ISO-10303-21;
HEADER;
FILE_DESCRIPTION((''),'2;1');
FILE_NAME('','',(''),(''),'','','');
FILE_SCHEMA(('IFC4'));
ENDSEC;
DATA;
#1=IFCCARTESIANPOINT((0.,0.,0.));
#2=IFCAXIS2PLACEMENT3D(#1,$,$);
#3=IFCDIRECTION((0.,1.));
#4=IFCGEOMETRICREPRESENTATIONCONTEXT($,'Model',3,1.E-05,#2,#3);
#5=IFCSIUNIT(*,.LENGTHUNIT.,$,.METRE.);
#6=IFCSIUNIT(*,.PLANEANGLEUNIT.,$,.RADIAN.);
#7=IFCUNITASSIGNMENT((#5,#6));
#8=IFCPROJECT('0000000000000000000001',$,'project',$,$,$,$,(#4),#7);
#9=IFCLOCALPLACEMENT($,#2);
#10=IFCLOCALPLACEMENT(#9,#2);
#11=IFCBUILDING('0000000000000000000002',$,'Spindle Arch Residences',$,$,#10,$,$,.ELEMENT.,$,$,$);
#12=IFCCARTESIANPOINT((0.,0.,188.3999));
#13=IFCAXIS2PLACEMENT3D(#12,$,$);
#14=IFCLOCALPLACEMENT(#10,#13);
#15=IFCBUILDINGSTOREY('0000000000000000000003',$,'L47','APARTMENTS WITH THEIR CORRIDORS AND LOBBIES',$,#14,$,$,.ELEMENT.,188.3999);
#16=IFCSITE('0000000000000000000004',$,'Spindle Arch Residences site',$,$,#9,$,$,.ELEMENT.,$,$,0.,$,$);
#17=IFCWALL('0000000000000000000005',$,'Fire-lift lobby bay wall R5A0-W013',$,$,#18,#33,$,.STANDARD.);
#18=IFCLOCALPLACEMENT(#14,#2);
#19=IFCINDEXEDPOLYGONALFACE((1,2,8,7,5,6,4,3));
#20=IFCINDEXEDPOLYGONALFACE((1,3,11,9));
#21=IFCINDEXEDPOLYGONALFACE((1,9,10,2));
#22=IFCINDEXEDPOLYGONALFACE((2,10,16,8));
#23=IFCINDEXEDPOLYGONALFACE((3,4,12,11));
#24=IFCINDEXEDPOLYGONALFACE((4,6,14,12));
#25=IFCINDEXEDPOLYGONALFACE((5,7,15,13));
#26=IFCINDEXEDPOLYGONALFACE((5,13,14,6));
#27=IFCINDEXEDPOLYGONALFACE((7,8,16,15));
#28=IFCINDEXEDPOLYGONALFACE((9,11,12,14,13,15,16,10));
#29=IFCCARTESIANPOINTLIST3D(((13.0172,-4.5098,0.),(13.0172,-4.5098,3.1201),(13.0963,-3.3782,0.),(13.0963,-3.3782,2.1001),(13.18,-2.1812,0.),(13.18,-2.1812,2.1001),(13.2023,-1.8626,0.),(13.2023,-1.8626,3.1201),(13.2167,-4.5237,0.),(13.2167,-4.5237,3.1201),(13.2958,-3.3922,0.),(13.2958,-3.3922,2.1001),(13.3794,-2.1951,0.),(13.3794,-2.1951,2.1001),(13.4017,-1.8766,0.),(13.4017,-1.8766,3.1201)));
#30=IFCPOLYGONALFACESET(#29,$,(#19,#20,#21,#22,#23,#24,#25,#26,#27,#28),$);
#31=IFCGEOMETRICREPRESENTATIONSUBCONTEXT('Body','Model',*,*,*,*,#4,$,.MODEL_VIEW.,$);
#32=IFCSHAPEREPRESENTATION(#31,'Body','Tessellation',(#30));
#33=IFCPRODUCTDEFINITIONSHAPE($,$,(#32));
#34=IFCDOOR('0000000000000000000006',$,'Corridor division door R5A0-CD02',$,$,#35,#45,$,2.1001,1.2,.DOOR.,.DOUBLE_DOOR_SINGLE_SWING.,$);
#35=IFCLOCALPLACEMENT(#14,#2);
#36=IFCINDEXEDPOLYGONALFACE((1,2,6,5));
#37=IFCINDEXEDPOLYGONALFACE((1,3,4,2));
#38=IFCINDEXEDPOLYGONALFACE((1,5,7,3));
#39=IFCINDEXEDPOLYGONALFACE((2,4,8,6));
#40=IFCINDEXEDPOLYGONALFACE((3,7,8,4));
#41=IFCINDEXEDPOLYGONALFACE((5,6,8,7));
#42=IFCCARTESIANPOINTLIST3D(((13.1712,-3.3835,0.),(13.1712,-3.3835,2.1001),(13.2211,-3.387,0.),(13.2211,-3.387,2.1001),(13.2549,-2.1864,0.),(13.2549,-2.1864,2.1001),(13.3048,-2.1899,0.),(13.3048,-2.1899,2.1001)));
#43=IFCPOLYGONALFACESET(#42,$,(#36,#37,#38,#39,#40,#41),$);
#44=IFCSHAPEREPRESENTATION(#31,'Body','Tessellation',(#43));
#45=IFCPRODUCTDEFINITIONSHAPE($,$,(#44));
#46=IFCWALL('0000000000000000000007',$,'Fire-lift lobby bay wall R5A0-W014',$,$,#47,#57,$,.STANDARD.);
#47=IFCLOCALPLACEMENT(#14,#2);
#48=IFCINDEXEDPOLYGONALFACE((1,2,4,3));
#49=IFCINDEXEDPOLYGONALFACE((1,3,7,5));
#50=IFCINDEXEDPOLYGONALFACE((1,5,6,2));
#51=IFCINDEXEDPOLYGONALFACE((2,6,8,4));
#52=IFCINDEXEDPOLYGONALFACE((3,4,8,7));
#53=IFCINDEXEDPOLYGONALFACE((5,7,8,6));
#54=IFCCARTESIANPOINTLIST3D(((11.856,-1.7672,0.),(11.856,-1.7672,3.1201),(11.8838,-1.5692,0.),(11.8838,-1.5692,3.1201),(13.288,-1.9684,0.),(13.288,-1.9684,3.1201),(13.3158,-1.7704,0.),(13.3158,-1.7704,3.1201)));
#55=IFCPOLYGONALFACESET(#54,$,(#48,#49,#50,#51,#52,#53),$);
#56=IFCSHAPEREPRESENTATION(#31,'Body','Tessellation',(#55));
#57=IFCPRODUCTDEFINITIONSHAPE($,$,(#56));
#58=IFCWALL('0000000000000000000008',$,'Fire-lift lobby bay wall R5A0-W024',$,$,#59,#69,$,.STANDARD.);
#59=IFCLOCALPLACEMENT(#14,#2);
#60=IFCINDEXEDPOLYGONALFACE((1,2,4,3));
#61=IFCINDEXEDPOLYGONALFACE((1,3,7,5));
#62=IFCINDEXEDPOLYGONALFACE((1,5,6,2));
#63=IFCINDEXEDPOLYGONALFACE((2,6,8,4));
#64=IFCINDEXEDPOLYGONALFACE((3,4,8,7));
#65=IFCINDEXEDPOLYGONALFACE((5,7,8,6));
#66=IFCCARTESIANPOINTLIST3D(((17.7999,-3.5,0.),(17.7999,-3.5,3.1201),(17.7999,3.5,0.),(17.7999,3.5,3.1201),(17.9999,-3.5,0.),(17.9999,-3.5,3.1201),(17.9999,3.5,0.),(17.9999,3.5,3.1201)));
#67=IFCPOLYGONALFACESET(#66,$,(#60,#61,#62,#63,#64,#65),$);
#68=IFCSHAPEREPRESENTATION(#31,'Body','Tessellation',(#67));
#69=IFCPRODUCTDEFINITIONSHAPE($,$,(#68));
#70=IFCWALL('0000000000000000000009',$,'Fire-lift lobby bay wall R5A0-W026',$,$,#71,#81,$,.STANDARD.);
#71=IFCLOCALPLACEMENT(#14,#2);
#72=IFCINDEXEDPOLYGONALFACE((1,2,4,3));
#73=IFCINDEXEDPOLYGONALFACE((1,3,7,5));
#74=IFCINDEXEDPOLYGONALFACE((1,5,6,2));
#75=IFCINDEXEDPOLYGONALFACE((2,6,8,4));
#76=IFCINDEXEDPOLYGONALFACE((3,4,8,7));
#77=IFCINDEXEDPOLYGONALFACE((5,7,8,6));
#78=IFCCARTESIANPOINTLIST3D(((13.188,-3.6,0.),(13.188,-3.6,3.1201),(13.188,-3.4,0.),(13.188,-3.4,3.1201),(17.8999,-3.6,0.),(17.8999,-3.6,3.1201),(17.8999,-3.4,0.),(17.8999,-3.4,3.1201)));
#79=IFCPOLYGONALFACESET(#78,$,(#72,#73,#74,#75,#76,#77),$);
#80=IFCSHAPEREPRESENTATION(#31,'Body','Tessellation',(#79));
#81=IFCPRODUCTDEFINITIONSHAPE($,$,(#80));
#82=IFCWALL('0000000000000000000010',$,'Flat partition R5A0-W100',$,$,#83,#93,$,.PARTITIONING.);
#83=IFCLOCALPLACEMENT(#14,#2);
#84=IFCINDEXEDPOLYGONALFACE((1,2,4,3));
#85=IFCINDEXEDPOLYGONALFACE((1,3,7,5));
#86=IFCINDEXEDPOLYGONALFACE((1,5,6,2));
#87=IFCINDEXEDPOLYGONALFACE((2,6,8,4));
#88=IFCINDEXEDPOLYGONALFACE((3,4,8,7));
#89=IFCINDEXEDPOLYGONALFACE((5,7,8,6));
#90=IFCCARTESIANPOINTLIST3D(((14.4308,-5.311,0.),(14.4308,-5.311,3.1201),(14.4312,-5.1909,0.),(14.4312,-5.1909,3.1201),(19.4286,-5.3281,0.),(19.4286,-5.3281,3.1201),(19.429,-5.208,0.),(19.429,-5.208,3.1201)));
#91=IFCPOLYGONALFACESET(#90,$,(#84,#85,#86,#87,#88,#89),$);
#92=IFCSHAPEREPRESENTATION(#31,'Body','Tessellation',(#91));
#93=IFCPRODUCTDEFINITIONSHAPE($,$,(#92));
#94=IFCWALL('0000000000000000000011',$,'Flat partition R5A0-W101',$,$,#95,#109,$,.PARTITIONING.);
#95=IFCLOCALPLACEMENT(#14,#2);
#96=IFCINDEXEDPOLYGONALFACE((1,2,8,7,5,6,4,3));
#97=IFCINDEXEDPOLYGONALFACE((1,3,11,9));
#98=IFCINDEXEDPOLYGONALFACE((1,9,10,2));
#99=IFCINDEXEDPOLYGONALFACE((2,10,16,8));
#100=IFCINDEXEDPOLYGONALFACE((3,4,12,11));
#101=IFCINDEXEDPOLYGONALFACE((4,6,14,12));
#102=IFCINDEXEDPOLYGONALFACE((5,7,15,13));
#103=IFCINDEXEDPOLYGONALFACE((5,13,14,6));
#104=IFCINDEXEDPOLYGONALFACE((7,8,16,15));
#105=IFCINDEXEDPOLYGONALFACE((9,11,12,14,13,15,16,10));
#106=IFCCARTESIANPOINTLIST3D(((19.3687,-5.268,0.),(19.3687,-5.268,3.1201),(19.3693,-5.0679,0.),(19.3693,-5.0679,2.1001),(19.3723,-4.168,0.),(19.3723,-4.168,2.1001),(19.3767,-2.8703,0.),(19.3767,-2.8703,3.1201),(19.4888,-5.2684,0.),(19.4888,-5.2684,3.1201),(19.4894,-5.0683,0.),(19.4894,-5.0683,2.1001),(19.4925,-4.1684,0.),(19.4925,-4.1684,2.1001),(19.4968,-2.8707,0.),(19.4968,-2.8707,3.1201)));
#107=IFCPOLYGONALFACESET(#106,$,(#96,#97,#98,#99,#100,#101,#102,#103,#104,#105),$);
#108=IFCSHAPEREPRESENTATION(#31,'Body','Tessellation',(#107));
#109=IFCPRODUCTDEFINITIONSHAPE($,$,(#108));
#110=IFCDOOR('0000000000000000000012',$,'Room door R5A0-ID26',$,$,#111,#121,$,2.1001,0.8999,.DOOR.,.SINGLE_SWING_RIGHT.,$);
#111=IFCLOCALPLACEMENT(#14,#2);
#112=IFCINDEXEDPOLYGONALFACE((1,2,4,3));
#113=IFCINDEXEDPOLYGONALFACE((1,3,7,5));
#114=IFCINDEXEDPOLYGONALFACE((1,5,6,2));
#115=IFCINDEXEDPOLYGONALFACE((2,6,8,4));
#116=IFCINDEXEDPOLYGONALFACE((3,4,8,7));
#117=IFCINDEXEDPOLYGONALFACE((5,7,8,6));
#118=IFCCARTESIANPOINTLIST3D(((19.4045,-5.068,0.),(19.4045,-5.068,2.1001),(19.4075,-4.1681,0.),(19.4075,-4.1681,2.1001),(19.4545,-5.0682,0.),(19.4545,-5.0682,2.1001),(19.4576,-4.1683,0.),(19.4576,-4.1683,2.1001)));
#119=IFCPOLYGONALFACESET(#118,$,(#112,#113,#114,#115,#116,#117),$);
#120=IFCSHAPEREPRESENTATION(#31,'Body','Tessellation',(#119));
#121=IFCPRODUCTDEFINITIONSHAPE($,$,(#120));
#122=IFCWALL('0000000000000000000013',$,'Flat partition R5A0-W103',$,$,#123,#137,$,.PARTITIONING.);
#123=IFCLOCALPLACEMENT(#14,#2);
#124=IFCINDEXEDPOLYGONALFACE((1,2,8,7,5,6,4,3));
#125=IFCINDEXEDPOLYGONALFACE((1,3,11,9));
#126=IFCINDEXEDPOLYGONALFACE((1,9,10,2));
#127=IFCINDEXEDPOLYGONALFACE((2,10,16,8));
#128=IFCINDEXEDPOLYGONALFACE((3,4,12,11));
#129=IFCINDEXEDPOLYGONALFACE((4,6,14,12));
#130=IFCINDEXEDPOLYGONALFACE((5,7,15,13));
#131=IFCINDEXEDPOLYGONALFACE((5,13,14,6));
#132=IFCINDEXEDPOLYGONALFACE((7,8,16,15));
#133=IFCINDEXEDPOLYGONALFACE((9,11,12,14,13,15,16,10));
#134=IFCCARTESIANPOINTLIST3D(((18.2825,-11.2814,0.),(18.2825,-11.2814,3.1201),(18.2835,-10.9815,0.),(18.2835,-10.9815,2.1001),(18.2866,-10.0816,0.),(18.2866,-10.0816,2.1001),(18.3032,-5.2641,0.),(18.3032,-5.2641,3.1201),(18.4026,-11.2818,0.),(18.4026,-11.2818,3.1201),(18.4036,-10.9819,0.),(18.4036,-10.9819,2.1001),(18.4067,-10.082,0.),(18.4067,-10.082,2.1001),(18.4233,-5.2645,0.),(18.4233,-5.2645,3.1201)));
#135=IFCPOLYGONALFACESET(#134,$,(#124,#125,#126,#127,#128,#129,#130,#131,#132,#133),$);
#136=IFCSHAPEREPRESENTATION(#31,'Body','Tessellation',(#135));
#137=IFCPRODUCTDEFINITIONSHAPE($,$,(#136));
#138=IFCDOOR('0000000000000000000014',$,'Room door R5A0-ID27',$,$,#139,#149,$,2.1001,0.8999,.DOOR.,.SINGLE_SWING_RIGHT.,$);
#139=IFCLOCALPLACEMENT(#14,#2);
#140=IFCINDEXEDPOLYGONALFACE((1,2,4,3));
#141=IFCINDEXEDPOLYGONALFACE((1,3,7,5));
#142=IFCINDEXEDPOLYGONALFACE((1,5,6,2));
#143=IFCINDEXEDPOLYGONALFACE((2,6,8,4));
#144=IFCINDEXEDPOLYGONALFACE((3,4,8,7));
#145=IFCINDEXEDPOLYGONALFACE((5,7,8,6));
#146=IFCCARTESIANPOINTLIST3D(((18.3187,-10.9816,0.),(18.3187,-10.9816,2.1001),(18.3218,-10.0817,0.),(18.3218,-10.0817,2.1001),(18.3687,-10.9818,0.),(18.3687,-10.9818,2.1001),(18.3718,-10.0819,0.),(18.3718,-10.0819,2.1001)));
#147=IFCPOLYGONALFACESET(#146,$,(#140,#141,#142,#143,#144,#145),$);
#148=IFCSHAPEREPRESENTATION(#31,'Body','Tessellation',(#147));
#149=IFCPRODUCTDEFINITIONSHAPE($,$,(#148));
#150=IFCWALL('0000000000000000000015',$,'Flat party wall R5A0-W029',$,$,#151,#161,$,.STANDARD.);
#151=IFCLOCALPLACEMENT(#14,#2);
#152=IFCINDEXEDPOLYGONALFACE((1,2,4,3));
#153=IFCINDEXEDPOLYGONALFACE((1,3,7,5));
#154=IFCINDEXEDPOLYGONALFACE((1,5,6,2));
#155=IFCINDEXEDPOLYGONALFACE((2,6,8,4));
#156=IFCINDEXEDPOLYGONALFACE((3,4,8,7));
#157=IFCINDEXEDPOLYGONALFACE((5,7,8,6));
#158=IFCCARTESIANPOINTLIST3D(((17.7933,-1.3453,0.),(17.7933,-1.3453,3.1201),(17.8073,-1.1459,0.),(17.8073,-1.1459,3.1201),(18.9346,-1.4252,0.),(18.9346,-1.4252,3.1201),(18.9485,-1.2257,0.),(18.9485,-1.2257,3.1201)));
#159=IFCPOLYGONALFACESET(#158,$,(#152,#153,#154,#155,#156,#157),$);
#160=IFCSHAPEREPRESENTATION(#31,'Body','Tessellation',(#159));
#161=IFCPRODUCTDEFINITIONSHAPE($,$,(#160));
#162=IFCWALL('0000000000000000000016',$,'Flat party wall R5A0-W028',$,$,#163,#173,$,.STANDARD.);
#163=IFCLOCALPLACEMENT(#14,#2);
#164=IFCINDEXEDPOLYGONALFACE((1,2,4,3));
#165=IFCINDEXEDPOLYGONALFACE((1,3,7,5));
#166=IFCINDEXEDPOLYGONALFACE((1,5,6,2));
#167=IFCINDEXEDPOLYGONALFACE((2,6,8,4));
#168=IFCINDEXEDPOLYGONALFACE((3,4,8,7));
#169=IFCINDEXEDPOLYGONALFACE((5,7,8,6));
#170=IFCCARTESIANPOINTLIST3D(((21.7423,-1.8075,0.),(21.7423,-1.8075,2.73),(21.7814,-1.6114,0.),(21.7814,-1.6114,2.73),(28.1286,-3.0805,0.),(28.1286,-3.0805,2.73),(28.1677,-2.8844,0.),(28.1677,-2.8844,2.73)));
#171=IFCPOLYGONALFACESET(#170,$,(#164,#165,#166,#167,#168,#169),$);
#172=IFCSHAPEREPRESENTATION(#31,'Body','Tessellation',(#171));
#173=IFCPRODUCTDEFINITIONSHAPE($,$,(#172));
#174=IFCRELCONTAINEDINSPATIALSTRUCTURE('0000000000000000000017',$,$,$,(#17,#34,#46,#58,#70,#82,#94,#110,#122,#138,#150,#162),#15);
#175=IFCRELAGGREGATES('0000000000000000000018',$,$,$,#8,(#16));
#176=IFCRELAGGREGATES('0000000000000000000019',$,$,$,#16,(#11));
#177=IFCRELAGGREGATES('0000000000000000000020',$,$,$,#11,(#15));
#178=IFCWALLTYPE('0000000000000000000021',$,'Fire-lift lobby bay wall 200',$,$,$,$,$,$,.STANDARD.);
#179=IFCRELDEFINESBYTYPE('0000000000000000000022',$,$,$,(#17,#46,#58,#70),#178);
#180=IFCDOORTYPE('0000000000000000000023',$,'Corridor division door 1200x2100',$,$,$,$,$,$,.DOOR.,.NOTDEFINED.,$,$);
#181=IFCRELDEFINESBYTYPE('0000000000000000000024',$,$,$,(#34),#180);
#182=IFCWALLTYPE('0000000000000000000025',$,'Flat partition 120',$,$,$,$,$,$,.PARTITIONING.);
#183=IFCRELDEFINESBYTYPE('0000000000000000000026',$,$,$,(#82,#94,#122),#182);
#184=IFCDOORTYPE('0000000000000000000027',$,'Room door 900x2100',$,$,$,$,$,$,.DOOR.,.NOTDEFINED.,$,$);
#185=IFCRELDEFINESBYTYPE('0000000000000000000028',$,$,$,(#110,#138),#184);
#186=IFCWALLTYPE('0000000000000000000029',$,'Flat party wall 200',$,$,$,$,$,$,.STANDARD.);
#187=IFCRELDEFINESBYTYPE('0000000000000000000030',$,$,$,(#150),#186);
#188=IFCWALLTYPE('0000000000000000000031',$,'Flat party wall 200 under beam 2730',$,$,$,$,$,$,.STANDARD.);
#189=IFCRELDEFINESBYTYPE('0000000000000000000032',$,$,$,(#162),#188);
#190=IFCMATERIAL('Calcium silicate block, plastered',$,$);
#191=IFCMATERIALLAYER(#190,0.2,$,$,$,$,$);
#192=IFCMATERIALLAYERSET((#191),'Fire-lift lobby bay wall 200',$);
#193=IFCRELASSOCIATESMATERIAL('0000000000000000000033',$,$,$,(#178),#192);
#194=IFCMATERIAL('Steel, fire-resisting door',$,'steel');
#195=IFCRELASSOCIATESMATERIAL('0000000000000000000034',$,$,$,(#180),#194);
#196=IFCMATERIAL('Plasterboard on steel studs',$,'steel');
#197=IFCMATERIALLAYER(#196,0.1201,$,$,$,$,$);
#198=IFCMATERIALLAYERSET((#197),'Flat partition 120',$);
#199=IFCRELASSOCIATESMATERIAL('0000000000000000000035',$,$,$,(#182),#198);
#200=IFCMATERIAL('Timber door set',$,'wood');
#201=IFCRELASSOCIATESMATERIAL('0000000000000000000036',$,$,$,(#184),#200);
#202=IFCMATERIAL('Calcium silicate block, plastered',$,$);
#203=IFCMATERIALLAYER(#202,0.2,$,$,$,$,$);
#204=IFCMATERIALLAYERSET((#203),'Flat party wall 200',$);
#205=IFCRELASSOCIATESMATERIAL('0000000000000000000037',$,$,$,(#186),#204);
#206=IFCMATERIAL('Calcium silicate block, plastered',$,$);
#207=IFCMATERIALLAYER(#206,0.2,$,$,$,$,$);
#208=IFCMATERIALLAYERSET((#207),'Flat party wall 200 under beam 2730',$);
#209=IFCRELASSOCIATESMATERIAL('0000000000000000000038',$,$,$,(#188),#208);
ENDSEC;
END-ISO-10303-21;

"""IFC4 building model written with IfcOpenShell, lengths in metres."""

from ifc_helpers import new_model, si_unit, direction, frame, frame_2d, origin, place, context, subcontext, project, spatial, rectangle, extrude, material, layer, layer_set, type_object, element, fill, save


model = new_model("IFC4")

# Units and contexts
model_context = context("Model", 3, precision=1e-05, world=origin(), true_north=direction((0.0, 1.0)))
body_context = subcontext(model_context, "Body", "Model", "MODEL_VIEW")
ifc_project = project(units=[si_unit("LENGTHUNIT", "METRE"), si_unit("PLANEANGLEUNIT", "RADIAN")], contexts=[model_context])

# Site, building, storey
site_placement = place(None, origin())
site = spatial("IfcSite", under=ifc_project, at=site_placement, Name="Spindle Arch Residences site", CompositionType="ELEMENT", RefElevation=0.0)
building_placement = place(site_placement, origin())
building = spatial("IfcBuilding", under=site, at=building_placement, Name="Spindle Arch Residences", CompositionType="ELEMENT")
storey_placement = place(building_placement, frame((0.0, 0.0, 188.3999)))
storey = spatial("IfcBuildingStorey", under=building, at=storey_placement, Name="L47", Description="APARTMENTS WITH THEIR CORRIDORS AND LOBBIES", CompositionType="ELEMENT", Elevation=188.3999)

# Wall, opening, door
ifc_material_1 = material(Name="Calcium silicate block, plastered")
ifc_layer_1 = layer(ifc_material_1, 0.2)
ifc_layer_set_1 = layer_set([ifc_layer_1], Name="Fire-lift lobby bay wall 200")
wall_type_1 = type_object("IfcWallType", Name="Fire-lift lobby bay wall 200", PredefinedType="STANDARD", material=ifc_layer_set_1)
wall_1_placement = place(storey_placement, frame((13.1169, -4.5166, 0.0), z_axis=(0.0, 0.0, 1.0), x_axis=(0.069737, 0.997565, 0.0)))
wall_1 = element("IfcWall", 1, at=wall_1_placement, inside=storey, type_object=wall_type_1, Name="Fire-lift lobby bay wall R5A0-W013", PredefinedType="STANDARD", context=body_context, shape_type="SweptSolid", body=[
    extrude(rectangle(XDim=2.6536, YDim=0.2, at=frame_2d((1.3267, 0.0))), origin(), (0.0, 0.0, 1.0), 3.1201),
])
opening_1_placement = place(wall_1_placement, frame((1.134, 0.0, 0.0)))
opening_1 = element("IfcOpeningElement", 2, at=opening_1_placement, cuts=wall_1, PredefinedType="OPENING", context=body_context, shape_type="SweptSolid", body=[
    extrude(rectangle(XDim=1.2, YDim=2.1001, at=frame_2d((0.6001, 1.05))), frame((0.0, 0.1099, 0.0), z_axis=(0.0, -1.0, 0.0), x_axis=(1.0, 0.0, 0.0)), (0.0, 0.0, 1.0), 0.22),
])
ifc_material_2 = material(Name="Steel, fire-resisting door", Category="steel")
door_type_1 = type_object("IfcDoorType", Name="Corridor division door 1200x2100", OperationType="NOTDEFINED", PredefinedType="DOOR", material=ifc_material_2)
door_1_placement = place(opening_1_placement, origin())
door_1 = element("IfcDoor", 3, at=door_1_placement, inside=storey, type_object=door_type_1, Name="Corridor division door R5A0-CD02", OperationType="DOUBLE_DOOR_SINGLE_SWING", OverallHeight=2.1001, OverallWidth=1.2, PredefinedType="DOOR", context=body_context, shape_type="SweptSolid", body=[
    extrude(rectangle(XDim=1.2, YDim=2.1001, at=frame_2d((0.6001, 1.05))), frame((0.0, 0.0249, 0.0), z_axis=(0.0, -1.0, 0.0), x_axis=(1.0, 0.0, 0.0)), (0.0, 0.0, 1.0), 0.05),
])
fill(opening_1, door_1)

# Walls
wall_2_placement = place(storey_placement, frame((13.302, -1.8694, 0.0), z_axis=(0.0, 0.0, 1.0), x_axis=(-0.990274, 0.139128, 0.0)))
element("IfcWall", 4, at=wall_2_placement, inside=storey, type_object=wall_type_1, Name="Fire-lift lobby bay wall R5A0-W014", PredefinedType="STANDARD", context=body_context, shape_type="SweptSolid", body=[
    extrude(rectangle(XDim=1.446, YDim=0.2, at=frame_2d((0.7231, 0.0))), origin(), (0.0, 0.0, 1.0), 3.1201),
])
wall_3_placement = place(storey_placement, frame((17.8999, -3.5, 0.0), z_axis=(0.0, 0.0, 1.0), x_axis=(0.0, 1.0, 0.0)))
element("IfcWall", 5, at=wall_3_placement, inside=storey, type_object=wall_type_1, Name="Fire-lift lobby bay wall R5A0-W024", PredefinedType="STANDARD", context=body_context, shape_type="SweptSolid", body=[
    extrude(rectangle(XDim=7.0, YDim=0.2, at=frame_2d((3.5, 0.0))), origin(), (0.0, 0.0, 1.0), 3.1201),
])
wall_4_placement = place(storey_placement, frame((13.188, -3.5, 0.0), z_axis=(0.0, 0.0, 1.0), x_axis=(1.0, 0.0, 0.0)))
element("IfcWall", 6, at=wall_4_placement, inside=storey, type_object=wall_type_1, Name="Fire-lift lobby bay wall R5A0-W026", PredefinedType="STANDARD", context=body_context, shape_type="SweptSolid", body=[
    extrude(rectangle(XDim=4.7119, YDim=0.2, at=frame_2d((2.356, 0.0))), origin(), (0.0, 0.0, 1.0), 3.1201),
])
ifc_material_3 = material(Name="Plasterboard on steel studs", Category="steel")
ifc_layer_2 = layer(ifc_material_3, 0.1201)
ifc_layer_set_2 = layer_set([ifc_layer_2], Name="Flat partition 120")
wall_type_2 = type_object("IfcWallType", Name="Flat partition 120", PredefinedType="PARTITIONING", material=ifc_layer_set_2)
wall_5_placement = place(storey_placement, frame((14.4309, -5.251, 0.0), z_axis=(0.0, 0.0, 1.0), x_axis=(0.999994, -0.003419, 0.0)))
element("IfcWall", 7, at=wall_5_placement, inside=storey, type_object=wall_type_2, Name="Flat partition R5A0-W100", PredefinedType="PARTITIONING", context=body_context, shape_type="SweptSolid", body=[
    extrude(rectangle(XDim=4.9978, YDim=0.1201, at=frame_2d((2.499, 0.0))), origin(), (0.0, 0.0, 1.0), 3.1201),
])

# Walls, openings, doors
wall_6_placement = place(storey_placement, frame((19.4287, -5.2681, 0.0), z_axis=(0.0, 0.0, 1.0), x_axis=(0.00336, 0.999994, 0.0)))
wall_6 = element("IfcWall", 8, at=wall_6_placement, inside=storey, type_object=wall_type_2, Name="Flat partition R5A0-W101", PredefinedType="PARTITIONING", context=body_context, shape_type="SweptSolid", body=[
    extrude(rectangle(XDim=2.3977, YDim=0.1201, at=frame_2d((1.1987, 0.0))), origin(), (0.0, 0.0, 1.0), 3.1201),
])
opening_2_placement = place(wall_6_placement, frame((0.2, 0.0, 0.0)))
opening_2 = element("IfcOpeningElement", 9, at=opening_2_placement, cuts=wall_6, PredefinedType="OPENING", context=body_context, shape_type="SweptSolid", body=[
    extrude(rectangle(XDim=0.8999, YDim=2.1001, at=frame_2d((0.45, 1.05))), frame((0.0, 0.0701, 0.0), z_axis=(0.0, -1.0, 0.0), x_axis=(1.0, 0.0, 0.0)), (0.0, 0.0, 1.0), 0.1401),
])
ifc_material_4 = material(Name="Timber door set", Category="wood")
door_type_2 = type_object("IfcDoorType", Name="Room door 900x2100", OperationType="NOTDEFINED", PredefinedType="DOOR", material=ifc_material_4)
door_2_placement = place(opening_2_placement, origin())
door_2 = element("IfcDoor", 10, at=door_2_placement, inside=storey, type_object=door_type_2, Name="Room door R5A0-ID26", OperationType="SINGLE_SWING_RIGHT", OverallHeight=2.1001, OverallWidth=0.8999, PredefinedType="DOOR", context=body_context, shape_type="SweptSolid", body=[
    extrude(rectangle(XDim=0.8999, YDim=2.1001, at=frame_2d((0.45, 1.05))), frame((0.0, 0.0249, 0.0), z_axis=(0.0, -1.0, 0.0), x_axis=(1.0, 0.0, 0.0)), (0.0, 0.0, 1.0), 0.05),
])
fill(opening_2, door_2)
wall_7_placement = place(storey_placement, frame((18.3425, -11.2817, 0.0), z_axis=(0.0, 0.0, 1.0), x_axis=(0.003449, 0.999994, 0.0)))
wall_7 = element("IfcWall", 11, at=wall_7_placement, inside=storey, type_object=wall_type_2, Name="Flat partition R5A0-W103", PredefinedType="PARTITIONING", context=body_context, shape_type="SweptSolid", body=[
    extrude(rectangle(XDim=6.0173, YDim=0.1201, at=frame_2d((3.0088, 0.0))), origin(), (0.0, 0.0, 1.0), 3.1201),
])
opening_3_placement = place(wall_7_placement, frame((0.3, 0.0, 0.0)))
opening_3 = element("IfcOpeningElement", 12, at=opening_3_placement, cuts=wall_7, PredefinedType="OPENING", context=body_context, shape_type="SweptSolid", body=[
    extrude(rectangle(XDim=0.8999, YDim=2.1001, at=frame_2d((0.45, 1.05))), frame((0.0, 0.0701, 0.0), z_axis=(0.0, -1.0, 0.0), x_axis=(1.0, 0.0, 0.0)), (0.0, 0.0, 1.0), 0.1401),
])
door_3_placement = place(opening_3_placement, origin())
door_3 = element("IfcDoor", 13, at=door_3_placement, inside=storey, type_object=door_type_2, Name="Room door R5A0-ID27", OperationType="SINGLE_SWING_RIGHT", OverallHeight=2.1001, OverallWidth=0.8999, PredefinedType="DOOR", context=body_context, shape_type="SweptSolid", body=[
    extrude(rectangle(XDim=0.8999, YDim=2.1001, at=frame_2d((0.45, 1.05))), frame((0.0, 0.0249, 0.0), z_axis=(0.0, -1.0, 0.0), x_axis=(1.0, 0.0, 0.0)), (0.0, 0.0, 1.0), 0.05),
])
fill(opening_3, door_3)

# Walls
ifc_material_5 = material(Name="Calcium silicate block, plastered")
ifc_layer_3 = layer(ifc_material_5, 0.2)
ifc_layer_set_3 = layer_set([ifc_layer_3], Name="Flat party wall 200")
wall_type_3 = type_object("IfcWallType", Name="Flat party wall 200", PredefinedType="STANDARD", material=ifc_layer_set_3)
wall_8_placement = place(storey_placement, frame((17.8003, -1.2456, 0.0), z_axis=(0.0, 0.0, 1.0), x_axis=(0.997563, -0.069776, 0.0)))
element("IfcWall", 14, at=wall_8_placement, inside=storey, type_object=wall_type_3, Name="Flat party wall R5A0-W029", PredefinedType="STANDARD", context=body_context, shape_type="SweptSolid", body=[
    extrude(rectangle(XDim=1.144, YDim=0.2, at=frame_2d((0.572, 0.0))), origin(), (0.0, 0.0, 1.0), 3.1201),
])
ifc_material_6 = material(Name="Calcium silicate block, plastered")
ifc_layer_4 = layer(ifc_material_6, 0.2)
ifc_layer_set_4 = layer_set([ifc_layer_4], Name="Flat party wall 200 under beam 2730")
wall_type_4 = type_object("IfcWallType", Name="Flat party wall 200 under beam 2730", PredefinedType="STANDARD", material=ifc_layer_set_4)
wall_9_placement = place(storey_placement, frame((21.762, -1.7095, 0.0), z_axis=(0.0, 0.0, 1.0), x_axis=(0.980707, -0.195482, 0.0)))
element("IfcWall", 15, at=wall_9_placement, inside=storey, type_object=wall_type_4, Name="Flat party wall R5A0-W028", PredefinedType="STANDARD", context=body_context, shape_type="SweptSolid", body=[
    extrude(rectangle(XDim=6.512, YDim=0.2, at=frame_2d((3.2559, 0.0))), origin(), (0.0, 0.0, 1.0), 2.73),
])

save(model, "model.ifc")
